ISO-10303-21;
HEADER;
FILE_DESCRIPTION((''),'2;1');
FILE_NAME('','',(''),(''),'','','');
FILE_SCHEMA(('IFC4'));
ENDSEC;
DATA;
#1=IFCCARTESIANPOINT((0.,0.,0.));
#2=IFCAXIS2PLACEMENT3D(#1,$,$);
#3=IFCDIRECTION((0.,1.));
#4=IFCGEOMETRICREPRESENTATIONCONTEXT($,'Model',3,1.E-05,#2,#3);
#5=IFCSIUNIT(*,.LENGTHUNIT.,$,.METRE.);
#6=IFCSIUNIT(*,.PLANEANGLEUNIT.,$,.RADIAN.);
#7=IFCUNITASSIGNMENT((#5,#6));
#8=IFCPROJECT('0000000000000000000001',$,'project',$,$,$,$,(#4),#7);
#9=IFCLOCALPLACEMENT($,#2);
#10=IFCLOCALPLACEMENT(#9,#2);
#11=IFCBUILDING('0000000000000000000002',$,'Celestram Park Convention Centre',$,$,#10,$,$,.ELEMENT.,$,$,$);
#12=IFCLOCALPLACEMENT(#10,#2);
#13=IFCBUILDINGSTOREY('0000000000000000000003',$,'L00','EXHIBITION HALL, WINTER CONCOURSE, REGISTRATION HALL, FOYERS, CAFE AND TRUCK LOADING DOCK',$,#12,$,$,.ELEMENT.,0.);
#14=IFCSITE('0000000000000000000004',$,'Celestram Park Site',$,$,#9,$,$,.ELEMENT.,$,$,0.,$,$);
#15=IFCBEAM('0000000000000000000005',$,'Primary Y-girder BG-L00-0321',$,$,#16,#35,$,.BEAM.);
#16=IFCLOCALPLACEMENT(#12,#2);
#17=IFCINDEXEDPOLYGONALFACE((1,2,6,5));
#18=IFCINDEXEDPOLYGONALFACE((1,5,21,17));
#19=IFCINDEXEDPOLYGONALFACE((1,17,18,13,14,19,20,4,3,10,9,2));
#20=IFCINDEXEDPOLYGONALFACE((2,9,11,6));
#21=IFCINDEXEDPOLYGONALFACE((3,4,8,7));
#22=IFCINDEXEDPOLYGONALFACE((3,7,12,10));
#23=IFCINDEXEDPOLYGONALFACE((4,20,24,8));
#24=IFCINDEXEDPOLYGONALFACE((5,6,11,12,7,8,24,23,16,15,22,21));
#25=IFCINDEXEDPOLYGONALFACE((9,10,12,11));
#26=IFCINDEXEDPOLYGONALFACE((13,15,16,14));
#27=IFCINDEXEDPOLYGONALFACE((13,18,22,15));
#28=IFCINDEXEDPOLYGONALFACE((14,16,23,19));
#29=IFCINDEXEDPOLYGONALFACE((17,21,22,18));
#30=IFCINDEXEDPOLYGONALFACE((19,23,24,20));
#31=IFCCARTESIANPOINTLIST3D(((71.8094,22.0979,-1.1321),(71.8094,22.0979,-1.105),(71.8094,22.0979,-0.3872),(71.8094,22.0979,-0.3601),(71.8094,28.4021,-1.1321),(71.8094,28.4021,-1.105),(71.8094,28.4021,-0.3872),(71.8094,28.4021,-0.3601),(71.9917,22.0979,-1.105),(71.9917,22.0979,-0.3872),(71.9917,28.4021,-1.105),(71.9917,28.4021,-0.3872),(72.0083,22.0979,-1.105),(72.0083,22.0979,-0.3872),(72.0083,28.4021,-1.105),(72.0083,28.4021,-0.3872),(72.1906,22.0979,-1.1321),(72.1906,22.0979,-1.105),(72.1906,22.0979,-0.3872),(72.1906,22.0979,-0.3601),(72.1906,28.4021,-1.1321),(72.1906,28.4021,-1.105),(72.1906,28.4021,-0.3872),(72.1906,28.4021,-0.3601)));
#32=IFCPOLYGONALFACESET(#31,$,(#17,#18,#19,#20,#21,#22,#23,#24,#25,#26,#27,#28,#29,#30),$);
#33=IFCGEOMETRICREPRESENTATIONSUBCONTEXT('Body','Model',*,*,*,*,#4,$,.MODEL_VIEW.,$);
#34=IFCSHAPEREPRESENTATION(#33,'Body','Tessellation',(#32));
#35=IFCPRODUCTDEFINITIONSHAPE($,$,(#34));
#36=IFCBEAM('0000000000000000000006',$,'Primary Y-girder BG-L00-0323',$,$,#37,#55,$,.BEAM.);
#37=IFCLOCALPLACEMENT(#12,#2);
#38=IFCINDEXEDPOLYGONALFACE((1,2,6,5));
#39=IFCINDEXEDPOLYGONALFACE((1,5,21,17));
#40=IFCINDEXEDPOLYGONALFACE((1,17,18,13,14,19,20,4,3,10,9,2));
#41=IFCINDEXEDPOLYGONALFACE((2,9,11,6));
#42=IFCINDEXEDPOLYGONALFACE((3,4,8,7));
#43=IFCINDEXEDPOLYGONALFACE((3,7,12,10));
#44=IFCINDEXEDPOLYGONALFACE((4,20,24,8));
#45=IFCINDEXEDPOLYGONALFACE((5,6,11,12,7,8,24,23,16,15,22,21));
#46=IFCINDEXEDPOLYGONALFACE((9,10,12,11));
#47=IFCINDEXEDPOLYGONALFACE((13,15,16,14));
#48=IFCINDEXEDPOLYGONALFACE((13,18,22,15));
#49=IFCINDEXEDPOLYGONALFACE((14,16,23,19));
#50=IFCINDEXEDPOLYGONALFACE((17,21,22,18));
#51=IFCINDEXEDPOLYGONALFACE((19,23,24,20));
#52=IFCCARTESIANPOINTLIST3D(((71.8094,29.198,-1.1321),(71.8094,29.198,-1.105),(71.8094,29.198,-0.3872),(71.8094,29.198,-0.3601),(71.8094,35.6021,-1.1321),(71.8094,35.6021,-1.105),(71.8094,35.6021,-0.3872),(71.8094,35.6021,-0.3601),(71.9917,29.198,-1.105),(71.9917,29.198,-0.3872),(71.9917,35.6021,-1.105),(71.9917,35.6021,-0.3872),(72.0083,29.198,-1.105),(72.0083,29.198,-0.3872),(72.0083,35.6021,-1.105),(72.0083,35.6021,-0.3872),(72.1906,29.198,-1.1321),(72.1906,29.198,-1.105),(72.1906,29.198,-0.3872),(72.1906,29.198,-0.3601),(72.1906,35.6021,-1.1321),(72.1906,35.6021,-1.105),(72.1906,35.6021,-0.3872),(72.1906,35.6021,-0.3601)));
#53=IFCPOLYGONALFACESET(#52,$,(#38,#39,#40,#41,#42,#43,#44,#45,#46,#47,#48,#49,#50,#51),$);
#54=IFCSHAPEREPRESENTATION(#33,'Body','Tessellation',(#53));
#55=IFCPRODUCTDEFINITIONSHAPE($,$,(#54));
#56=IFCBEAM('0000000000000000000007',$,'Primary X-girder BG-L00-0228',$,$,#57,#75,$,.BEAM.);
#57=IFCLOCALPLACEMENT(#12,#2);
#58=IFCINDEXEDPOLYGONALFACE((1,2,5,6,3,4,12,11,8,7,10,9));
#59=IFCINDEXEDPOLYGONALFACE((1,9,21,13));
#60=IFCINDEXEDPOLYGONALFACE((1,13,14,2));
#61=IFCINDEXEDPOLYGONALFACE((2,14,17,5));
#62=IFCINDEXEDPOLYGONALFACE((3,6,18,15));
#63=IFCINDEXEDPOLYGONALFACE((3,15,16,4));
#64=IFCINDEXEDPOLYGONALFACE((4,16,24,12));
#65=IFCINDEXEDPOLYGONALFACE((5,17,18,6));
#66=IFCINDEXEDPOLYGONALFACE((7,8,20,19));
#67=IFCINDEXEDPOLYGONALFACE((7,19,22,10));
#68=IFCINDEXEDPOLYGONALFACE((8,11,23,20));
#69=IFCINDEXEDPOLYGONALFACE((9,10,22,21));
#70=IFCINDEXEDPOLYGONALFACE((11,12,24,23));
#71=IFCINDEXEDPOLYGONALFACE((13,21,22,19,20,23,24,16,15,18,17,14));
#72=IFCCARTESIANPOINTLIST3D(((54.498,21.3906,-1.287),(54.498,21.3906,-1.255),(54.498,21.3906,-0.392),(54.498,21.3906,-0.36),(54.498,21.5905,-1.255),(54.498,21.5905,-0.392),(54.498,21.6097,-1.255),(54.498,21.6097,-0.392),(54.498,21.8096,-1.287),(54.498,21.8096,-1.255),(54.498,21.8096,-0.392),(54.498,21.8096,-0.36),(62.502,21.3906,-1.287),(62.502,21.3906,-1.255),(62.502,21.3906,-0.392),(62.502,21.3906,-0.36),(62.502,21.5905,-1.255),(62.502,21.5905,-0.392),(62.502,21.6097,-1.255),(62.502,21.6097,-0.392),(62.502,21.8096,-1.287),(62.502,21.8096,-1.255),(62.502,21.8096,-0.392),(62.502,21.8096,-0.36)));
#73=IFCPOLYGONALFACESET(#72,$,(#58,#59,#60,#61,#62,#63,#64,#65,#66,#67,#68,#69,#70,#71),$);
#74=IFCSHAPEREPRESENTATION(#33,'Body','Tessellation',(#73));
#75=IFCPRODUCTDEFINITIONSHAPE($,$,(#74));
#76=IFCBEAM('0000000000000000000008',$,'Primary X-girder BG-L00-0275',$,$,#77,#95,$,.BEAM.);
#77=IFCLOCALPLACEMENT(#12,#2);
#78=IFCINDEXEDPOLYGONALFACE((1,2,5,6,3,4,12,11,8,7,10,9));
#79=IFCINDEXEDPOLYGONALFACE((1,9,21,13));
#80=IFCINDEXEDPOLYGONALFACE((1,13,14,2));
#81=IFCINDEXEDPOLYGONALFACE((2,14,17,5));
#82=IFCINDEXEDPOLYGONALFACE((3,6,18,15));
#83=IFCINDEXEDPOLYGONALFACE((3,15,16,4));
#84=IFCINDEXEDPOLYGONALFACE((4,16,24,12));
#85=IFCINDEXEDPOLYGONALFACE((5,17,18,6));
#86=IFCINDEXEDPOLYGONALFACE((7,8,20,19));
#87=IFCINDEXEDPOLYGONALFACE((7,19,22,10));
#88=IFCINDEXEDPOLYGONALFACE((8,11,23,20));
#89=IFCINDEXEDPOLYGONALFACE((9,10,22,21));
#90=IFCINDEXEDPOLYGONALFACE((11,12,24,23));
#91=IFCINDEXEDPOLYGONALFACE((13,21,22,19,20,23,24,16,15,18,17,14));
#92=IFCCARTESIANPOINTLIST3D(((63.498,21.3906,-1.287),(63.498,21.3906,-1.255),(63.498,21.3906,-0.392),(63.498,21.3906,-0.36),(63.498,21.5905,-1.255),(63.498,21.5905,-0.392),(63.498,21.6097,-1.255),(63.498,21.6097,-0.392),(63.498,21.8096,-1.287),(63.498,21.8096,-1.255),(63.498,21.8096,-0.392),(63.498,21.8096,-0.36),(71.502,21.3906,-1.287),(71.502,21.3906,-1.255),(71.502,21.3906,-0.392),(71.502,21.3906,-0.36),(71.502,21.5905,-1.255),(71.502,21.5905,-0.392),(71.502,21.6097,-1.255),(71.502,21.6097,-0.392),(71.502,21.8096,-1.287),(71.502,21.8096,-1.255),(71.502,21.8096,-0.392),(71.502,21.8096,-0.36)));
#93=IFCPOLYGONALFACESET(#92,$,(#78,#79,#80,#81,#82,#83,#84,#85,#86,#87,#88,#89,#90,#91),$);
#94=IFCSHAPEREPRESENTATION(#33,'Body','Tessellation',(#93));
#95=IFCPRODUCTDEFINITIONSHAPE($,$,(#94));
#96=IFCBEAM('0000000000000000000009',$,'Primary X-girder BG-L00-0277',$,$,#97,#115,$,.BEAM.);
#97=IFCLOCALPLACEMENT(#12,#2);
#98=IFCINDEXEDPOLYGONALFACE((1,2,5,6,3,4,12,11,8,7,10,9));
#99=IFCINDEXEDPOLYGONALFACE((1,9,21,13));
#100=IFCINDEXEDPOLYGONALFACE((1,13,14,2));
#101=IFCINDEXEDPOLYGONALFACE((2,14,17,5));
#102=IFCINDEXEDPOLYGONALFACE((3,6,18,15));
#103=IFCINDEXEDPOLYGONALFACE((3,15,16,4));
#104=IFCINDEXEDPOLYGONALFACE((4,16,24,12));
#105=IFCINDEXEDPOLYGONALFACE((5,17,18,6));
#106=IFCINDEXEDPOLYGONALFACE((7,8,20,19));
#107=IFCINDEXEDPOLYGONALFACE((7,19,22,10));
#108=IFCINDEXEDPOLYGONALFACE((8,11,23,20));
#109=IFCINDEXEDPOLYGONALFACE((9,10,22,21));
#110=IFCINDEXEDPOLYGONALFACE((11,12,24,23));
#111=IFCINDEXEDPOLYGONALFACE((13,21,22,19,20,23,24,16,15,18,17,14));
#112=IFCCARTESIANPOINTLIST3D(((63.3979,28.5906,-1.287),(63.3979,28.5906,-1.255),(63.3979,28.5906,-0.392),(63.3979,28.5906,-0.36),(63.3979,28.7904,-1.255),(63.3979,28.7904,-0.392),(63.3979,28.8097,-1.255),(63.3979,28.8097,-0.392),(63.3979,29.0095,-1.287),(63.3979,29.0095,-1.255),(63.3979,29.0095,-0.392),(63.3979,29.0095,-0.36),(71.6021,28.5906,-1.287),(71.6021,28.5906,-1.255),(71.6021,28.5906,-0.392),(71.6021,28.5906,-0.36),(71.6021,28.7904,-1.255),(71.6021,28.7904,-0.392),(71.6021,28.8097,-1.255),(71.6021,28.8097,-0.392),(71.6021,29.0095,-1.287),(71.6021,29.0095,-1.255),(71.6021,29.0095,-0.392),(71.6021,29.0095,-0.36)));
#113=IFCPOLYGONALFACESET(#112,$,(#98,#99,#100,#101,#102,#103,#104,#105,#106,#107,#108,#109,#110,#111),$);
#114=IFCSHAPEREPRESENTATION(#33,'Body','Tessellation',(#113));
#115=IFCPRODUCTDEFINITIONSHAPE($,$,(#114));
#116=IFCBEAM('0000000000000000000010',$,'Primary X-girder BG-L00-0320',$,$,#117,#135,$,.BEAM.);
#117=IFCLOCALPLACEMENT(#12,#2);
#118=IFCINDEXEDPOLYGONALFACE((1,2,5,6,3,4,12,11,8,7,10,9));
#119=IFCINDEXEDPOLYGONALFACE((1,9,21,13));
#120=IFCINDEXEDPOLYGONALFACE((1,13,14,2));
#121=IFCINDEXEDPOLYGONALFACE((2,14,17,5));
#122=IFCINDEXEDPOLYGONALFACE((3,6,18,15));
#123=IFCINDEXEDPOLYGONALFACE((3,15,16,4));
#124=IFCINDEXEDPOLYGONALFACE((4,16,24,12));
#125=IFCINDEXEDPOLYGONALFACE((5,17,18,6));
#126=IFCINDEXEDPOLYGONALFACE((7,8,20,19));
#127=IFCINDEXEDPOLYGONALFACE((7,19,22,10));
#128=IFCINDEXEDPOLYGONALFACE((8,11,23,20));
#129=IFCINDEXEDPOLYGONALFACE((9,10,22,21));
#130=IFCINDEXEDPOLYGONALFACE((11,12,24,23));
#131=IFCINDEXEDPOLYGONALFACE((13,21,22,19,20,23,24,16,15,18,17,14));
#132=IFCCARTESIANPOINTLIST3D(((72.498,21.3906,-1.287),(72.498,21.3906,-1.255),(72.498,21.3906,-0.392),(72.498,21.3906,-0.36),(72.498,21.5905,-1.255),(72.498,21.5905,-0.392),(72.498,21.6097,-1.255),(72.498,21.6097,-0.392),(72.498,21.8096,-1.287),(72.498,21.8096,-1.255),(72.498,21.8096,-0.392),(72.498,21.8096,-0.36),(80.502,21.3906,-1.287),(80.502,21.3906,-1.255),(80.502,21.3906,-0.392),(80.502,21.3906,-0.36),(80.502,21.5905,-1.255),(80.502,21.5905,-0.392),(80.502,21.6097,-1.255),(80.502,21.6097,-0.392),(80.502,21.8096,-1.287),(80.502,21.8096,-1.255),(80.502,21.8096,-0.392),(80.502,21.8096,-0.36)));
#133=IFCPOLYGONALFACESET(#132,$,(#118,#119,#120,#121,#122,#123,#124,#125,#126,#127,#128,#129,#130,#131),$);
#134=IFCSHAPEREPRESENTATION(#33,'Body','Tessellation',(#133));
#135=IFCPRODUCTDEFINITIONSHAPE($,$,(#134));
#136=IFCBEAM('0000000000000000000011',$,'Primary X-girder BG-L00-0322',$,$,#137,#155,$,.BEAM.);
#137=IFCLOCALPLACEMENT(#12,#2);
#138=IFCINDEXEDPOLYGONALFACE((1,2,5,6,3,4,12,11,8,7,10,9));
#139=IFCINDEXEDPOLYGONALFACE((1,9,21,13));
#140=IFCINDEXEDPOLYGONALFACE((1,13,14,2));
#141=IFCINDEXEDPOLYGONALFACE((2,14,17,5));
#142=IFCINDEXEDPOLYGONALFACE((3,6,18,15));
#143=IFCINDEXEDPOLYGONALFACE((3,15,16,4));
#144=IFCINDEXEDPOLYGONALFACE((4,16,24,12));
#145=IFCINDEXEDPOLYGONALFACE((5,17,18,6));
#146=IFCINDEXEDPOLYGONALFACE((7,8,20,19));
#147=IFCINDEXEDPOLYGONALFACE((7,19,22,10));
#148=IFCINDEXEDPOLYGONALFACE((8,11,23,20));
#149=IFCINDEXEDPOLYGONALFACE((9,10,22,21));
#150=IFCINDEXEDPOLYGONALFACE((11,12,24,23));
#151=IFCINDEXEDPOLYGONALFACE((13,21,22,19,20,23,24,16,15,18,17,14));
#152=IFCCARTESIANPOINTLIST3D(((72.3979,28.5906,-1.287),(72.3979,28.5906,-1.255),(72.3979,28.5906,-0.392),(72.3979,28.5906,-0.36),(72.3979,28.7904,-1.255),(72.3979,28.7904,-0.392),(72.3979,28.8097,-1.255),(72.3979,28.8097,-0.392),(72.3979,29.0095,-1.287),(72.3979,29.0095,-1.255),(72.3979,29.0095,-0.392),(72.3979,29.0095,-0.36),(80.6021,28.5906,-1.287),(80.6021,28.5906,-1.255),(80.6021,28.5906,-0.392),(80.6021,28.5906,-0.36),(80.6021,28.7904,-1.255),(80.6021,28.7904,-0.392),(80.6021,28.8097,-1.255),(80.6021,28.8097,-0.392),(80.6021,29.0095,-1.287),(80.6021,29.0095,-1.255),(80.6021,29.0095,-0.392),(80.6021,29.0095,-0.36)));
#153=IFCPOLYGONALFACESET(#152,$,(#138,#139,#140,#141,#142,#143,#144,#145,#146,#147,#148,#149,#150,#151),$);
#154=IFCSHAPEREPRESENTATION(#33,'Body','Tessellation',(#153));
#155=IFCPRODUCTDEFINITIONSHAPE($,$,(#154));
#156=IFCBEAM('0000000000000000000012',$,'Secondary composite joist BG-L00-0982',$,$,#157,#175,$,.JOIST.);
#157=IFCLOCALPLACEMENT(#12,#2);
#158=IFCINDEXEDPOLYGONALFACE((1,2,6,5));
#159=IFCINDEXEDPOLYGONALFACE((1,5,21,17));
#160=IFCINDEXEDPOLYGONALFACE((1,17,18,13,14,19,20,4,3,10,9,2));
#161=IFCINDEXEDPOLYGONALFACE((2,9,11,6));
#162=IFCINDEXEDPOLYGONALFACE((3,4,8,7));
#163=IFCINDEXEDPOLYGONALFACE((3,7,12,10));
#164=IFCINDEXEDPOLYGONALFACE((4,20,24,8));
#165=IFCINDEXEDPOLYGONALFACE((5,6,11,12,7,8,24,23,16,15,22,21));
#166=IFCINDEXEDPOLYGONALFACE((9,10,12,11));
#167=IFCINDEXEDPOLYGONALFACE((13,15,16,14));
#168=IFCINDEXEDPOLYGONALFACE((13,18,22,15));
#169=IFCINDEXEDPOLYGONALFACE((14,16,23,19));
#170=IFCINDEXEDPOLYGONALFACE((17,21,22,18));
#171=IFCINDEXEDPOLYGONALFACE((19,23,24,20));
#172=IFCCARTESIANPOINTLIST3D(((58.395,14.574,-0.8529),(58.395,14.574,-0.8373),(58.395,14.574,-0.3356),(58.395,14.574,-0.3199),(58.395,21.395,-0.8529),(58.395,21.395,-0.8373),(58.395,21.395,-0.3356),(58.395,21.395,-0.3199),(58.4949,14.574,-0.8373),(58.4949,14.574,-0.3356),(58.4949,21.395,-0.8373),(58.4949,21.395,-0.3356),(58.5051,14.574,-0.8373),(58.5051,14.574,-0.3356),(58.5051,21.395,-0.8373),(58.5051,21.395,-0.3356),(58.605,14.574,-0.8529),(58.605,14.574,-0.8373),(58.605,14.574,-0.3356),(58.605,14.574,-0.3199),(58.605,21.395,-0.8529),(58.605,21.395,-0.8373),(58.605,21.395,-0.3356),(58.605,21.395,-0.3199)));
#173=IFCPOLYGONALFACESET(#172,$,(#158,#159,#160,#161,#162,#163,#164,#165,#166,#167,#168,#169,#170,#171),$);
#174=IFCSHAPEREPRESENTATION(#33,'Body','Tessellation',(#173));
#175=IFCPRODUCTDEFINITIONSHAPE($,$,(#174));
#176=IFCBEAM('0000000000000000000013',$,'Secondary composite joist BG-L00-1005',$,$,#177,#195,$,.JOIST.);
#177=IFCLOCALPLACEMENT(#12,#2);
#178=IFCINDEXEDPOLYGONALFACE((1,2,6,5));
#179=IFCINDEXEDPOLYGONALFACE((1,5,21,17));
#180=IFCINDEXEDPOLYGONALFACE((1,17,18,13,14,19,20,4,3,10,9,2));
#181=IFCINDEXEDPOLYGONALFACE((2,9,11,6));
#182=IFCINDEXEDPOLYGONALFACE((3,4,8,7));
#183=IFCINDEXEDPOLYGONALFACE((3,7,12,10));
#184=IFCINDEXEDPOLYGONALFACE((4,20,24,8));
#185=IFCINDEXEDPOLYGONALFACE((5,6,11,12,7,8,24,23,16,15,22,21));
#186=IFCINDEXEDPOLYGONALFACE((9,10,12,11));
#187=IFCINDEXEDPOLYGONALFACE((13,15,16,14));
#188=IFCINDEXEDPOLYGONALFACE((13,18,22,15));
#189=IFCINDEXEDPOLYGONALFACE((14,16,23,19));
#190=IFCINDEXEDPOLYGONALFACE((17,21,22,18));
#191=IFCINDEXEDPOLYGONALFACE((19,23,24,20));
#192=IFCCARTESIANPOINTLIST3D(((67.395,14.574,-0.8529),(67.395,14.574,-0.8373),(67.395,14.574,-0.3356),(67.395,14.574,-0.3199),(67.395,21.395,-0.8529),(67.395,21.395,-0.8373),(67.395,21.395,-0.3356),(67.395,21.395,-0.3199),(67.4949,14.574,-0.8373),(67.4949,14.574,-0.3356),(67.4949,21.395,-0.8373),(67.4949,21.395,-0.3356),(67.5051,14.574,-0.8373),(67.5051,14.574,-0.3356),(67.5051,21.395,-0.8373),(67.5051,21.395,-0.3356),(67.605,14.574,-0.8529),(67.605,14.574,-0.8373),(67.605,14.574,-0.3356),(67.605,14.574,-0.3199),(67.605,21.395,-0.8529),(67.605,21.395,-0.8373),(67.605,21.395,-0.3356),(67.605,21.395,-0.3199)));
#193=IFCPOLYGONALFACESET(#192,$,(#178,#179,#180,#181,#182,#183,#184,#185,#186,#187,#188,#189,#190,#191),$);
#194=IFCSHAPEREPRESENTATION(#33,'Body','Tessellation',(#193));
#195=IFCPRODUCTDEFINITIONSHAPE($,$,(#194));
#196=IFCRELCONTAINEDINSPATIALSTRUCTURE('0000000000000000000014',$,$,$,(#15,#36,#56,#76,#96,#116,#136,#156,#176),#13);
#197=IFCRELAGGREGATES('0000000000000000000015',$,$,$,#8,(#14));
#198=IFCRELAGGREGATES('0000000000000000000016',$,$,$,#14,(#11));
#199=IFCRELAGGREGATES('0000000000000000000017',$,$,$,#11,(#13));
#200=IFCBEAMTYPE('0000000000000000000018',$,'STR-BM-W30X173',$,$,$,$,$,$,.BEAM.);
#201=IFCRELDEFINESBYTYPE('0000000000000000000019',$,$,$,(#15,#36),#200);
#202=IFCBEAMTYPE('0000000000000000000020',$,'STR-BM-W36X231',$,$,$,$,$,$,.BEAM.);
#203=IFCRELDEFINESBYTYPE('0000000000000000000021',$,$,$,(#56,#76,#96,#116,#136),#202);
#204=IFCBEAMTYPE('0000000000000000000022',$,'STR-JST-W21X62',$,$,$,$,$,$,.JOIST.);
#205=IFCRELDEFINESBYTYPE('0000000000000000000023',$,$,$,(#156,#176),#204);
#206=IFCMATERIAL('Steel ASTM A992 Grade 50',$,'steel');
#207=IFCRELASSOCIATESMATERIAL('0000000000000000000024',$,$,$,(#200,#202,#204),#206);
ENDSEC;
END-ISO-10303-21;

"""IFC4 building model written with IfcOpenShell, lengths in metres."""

from ifc_helpers import new_model, si_unit, direction, frame, origin, origin_2d, place, context, subcontext, project, spatial, i_section, extrude, material, material_profile, profile_set, type_object, element, save


model = new_model("IFC4")

# Units and contexts
model_context = context("Model", 3, precision=1e-05, world=origin(), true_north=direction((0.0, 1.0)))
body_context = subcontext(model_context, "Body", "Model", "MODEL_VIEW")
ifc_project = project(units=[si_unit("LENGTHUNIT", "METRE"), si_unit("PLANEANGLEUNIT", "RADIAN")], contexts=[model_context])

# Site, building, storey
site_placement = place(None, origin())
site = spatial("IfcSite", under=ifc_project, at=site_placement, Name="Celestram Park Site", CompositionType="ELEMENT", RefElevation=0.0)
building_placement = place(site_placement, origin())
building = spatial("IfcBuilding", under=site, at=building_placement, Name="Celestram Park Convention Centre", CompositionType="ELEMENT")
storey_placement = place(building_placement, origin())
storey = spatial("IfcBuildingStorey", under=building, at=storey_placement, Name="L00", Description="EXHIBITION HALL, WINTER CONCOURSE, REGISTRATION HALL, FOYERS, CAFE AND TRUCK LOADING DOCK", CompositionType="ELEMENT", Elevation=0.0)

# Shared definitions
ifc_material_1 = material(Name="Steel ASTM A992 Grade 50", Category="steel")

# Beams
ifc_material_profile_1 = material_profile(ifc_material_1, i_section(OverallWidth=0.3811, OverallDepth=0.772, WebThickness=0.0166, FlangeThickness=0.0271, at=origin_2d()), Name="W30X173")
ifc_profile_set_1 = profile_set([ifc_material_profile_1], Name="Steel ASTM A992 Grade 50")
beam_type_1 = type_object("IfcBeamType", Name="STR-BM-W30X173", PredefinedType="BEAM", material=ifc_profile_set_1)
beam_1_placement = place(storey_placement, frame((72.0, 22.0979, -0.7461), z_axis=(0.0, 1.0, 0.0), x_axis=(-1.0, 0.0, 0.0)))
element("IfcBeam", 1, at=beam_1_placement, inside=storey, type_object=beam_type_1, Name="Primary Y-girder BG-L00-0321", PredefinedType="BEAM", context=body_context, shape_type="SweptSolid", body=[
    extrude(i_section(OverallWidth=0.3811, OverallDepth=0.772, WebThickness=0.0166, FlangeThickness=0.0271, at=origin_2d()), origin(), (0.0, 0.0, 1.0), 6.3042),
])
beam_2_placement = place(storey_placement, frame((72.0, 29.198, -0.7461), z_axis=(0.0, 1.0, 0.0), x_axis=(-1.0, 0.0, 0.0)))
element("IfcBeam", 2, at=beam_2_placement, inside=storey, type_object=beam_type_1, Name="Primary Y-girder BG-L00-0323", PredefinedType="BEAM", context=body_context, shape_type="SweptSolid", body=[
    extrude(i_section(OverallWidth=0.3811, OverallDepth=0.772, WebThickness=0.0166, FlangeThickness=0.0271, at=origin_2d()), origin(), (0.0, 0.0, 1.0), 6.4041),
])
ifc_material_profile_2 = material_profile(ifc_material_1, i_section(OverallWidth=0.4189, OverallDepth=0.927, WebThickness=0.0193, FlangeThickness=0.032, at=origin_2d()), Name="W36X231")
ifc_profile_set_2 = profile_set([ifc_material_profile_2], Name="Steel ASTM A992 Grade 50")
beam_type_2 = type_object("IfcBeamType", Name="STR-BM-W36X231", PredefinedType="BEAM", material=ifc_profile_set_2)
for number, where, z_axis, x_axis, name in (
    (3, (54.498, 21.6001, -0.8235), (1.0, 0.0, 0.0), (0.0, 1.0, 0.0), "Primary X-girder BG-L00-0228"),
    (4, (63.498, 21.6001, -0.8235), (1.0, 0.0, 0.0), (0.0, 1.0, 0.0), "Primary X-girder BG-L00-0275"),
):
    element("IfcBeam", number, at=place(storey_placement, frame(where, z_axis=z_axis, x_axis=x_axis)), inside=storey, type_object=beam_type_2, Name=name, PredefinedType="BEAM", context=body_context, shape_type="SweptSolid", body=[
        extrude(i_section(OverallWidth=0.4189, OverallDepth=0.927, WebThickness=0.0193, FlangeThickness=0.032, at=origin_2d()), origin(), (0.0, 0.0, 1.0), 8.0039),
    ])
beam_3_placement = place(storey_placement, frame((63.3979, 28.8, -0.8235), z_axis=(1.0, 0.0, 0.0), x_axis=(0.0, 1.0, 0.0)))
element("IfcBeam", 5, at=beam_3_placement, inside=storey, type_object=beam_type_2, Name="Primary X-girder BG-L00-0277", PredefinedType="BEAM", context=body_context, shape_type="SweptSolid", body=[
    extrude(i_section(OverallWidth=0.4189, OverallDepth=0.927, WebThickness=0.0193, FlangeThickness=0.032, at=origin_2d()), origin(), (0.0, 0.0, 1.0), 8.2041),
])
beam_4_placement = place(storey_placement, frame((72.498, 21.6001, -0.8235), z_axis=(1.0, 0.0, 0.0), x_axis=(0.0, 1.0, 0.0)))
element("IfcBeam", 6, at=beam_4_placement, inside=storey, type_object=beam_type_2, Name="Primary X-girder BG-L00-0320", PredefinedType="BEAM", context=body_context, shape_type="SweptSolid", body=[
    extrude(i_section(OverallWidth=0.4189, OverallDepth=0.927, WebThickness=0.0193, FlangeThickness=0.032, at=origin_2d()), origin(), (0.0, 0.0, 1.0), 8.0039),
])
beam_5_placement = place(storey_placement, frame((72.3979, 28.8, -0.8235), z_axis=(1.0, 0.0, 0.0), x_axis=(0.0, 1.0, 0.0)))
element("IfcBeam", 7, at=beam_5_placement, inside=storey, type_object=beam_type_2, Name="Primary X-girder BG-L00-0322", PredefinedType="BEAM", context=body_context, shape_type="SweptSolid", body=[
    extrude(i_section(OverallWidth=0.4189, OverallDepth=0.927, WebThickness=0.0193, FlangeThickness=0.032, at=origin_2d()), origin(), (0.0, 0.0, 1.0), 8.2041),
])
ifc_material_profile_3 = material_profile(ifc_material_1, i_section(OverallWidth=0.21, OverallDepth=0.533, WebThickness=0.0103, FlangeThickness=0.0156, at=origin_2d()), Name="W21X62")
ifc_profile_set_3 = profile_set([ifc_material_profile_3], Name="Steel ASTM A992 Grade 50")
beam_type_3 = type_object("IfcBeamType", Name="STR-JST-W21X62", PredefinedType="JOIST", material=ifc_profile_set_3)
for number, where, z_axis, x_axis, name in (
    (8, (58.5, 14.574, -0.5864), (0.0, 1.0, 0.0), (-1.0, 0.0, 0.0), "Secondary composite joist BG-L00-0982"),
    (9, (67.5, 14.574, -0.5864), (0.0, 1.0, 0.0), (-1.0, 0.0, 0.0), "Secondary composite joist BG-L00-1005"),
):
    element("IfcBeam", number, at=place(storey_placement, frame(where, z_axis=z_axis, x_axis=x_axis)), inside=storey, type_object=beam_type_3, Name=name, PredefinedType="JOIST", context=body_context, shape_type="SweptSolid", body=[
        extrude(i_section(OverallWidth=0.21, OverallDepth=0.533, WebThickness=0.0103, FlangeThickness=0.0156, at=origin_2d()), origin(), (0.0, 0.0, 1.0), 6.821),
    ])

save(model, "model.ifc")
